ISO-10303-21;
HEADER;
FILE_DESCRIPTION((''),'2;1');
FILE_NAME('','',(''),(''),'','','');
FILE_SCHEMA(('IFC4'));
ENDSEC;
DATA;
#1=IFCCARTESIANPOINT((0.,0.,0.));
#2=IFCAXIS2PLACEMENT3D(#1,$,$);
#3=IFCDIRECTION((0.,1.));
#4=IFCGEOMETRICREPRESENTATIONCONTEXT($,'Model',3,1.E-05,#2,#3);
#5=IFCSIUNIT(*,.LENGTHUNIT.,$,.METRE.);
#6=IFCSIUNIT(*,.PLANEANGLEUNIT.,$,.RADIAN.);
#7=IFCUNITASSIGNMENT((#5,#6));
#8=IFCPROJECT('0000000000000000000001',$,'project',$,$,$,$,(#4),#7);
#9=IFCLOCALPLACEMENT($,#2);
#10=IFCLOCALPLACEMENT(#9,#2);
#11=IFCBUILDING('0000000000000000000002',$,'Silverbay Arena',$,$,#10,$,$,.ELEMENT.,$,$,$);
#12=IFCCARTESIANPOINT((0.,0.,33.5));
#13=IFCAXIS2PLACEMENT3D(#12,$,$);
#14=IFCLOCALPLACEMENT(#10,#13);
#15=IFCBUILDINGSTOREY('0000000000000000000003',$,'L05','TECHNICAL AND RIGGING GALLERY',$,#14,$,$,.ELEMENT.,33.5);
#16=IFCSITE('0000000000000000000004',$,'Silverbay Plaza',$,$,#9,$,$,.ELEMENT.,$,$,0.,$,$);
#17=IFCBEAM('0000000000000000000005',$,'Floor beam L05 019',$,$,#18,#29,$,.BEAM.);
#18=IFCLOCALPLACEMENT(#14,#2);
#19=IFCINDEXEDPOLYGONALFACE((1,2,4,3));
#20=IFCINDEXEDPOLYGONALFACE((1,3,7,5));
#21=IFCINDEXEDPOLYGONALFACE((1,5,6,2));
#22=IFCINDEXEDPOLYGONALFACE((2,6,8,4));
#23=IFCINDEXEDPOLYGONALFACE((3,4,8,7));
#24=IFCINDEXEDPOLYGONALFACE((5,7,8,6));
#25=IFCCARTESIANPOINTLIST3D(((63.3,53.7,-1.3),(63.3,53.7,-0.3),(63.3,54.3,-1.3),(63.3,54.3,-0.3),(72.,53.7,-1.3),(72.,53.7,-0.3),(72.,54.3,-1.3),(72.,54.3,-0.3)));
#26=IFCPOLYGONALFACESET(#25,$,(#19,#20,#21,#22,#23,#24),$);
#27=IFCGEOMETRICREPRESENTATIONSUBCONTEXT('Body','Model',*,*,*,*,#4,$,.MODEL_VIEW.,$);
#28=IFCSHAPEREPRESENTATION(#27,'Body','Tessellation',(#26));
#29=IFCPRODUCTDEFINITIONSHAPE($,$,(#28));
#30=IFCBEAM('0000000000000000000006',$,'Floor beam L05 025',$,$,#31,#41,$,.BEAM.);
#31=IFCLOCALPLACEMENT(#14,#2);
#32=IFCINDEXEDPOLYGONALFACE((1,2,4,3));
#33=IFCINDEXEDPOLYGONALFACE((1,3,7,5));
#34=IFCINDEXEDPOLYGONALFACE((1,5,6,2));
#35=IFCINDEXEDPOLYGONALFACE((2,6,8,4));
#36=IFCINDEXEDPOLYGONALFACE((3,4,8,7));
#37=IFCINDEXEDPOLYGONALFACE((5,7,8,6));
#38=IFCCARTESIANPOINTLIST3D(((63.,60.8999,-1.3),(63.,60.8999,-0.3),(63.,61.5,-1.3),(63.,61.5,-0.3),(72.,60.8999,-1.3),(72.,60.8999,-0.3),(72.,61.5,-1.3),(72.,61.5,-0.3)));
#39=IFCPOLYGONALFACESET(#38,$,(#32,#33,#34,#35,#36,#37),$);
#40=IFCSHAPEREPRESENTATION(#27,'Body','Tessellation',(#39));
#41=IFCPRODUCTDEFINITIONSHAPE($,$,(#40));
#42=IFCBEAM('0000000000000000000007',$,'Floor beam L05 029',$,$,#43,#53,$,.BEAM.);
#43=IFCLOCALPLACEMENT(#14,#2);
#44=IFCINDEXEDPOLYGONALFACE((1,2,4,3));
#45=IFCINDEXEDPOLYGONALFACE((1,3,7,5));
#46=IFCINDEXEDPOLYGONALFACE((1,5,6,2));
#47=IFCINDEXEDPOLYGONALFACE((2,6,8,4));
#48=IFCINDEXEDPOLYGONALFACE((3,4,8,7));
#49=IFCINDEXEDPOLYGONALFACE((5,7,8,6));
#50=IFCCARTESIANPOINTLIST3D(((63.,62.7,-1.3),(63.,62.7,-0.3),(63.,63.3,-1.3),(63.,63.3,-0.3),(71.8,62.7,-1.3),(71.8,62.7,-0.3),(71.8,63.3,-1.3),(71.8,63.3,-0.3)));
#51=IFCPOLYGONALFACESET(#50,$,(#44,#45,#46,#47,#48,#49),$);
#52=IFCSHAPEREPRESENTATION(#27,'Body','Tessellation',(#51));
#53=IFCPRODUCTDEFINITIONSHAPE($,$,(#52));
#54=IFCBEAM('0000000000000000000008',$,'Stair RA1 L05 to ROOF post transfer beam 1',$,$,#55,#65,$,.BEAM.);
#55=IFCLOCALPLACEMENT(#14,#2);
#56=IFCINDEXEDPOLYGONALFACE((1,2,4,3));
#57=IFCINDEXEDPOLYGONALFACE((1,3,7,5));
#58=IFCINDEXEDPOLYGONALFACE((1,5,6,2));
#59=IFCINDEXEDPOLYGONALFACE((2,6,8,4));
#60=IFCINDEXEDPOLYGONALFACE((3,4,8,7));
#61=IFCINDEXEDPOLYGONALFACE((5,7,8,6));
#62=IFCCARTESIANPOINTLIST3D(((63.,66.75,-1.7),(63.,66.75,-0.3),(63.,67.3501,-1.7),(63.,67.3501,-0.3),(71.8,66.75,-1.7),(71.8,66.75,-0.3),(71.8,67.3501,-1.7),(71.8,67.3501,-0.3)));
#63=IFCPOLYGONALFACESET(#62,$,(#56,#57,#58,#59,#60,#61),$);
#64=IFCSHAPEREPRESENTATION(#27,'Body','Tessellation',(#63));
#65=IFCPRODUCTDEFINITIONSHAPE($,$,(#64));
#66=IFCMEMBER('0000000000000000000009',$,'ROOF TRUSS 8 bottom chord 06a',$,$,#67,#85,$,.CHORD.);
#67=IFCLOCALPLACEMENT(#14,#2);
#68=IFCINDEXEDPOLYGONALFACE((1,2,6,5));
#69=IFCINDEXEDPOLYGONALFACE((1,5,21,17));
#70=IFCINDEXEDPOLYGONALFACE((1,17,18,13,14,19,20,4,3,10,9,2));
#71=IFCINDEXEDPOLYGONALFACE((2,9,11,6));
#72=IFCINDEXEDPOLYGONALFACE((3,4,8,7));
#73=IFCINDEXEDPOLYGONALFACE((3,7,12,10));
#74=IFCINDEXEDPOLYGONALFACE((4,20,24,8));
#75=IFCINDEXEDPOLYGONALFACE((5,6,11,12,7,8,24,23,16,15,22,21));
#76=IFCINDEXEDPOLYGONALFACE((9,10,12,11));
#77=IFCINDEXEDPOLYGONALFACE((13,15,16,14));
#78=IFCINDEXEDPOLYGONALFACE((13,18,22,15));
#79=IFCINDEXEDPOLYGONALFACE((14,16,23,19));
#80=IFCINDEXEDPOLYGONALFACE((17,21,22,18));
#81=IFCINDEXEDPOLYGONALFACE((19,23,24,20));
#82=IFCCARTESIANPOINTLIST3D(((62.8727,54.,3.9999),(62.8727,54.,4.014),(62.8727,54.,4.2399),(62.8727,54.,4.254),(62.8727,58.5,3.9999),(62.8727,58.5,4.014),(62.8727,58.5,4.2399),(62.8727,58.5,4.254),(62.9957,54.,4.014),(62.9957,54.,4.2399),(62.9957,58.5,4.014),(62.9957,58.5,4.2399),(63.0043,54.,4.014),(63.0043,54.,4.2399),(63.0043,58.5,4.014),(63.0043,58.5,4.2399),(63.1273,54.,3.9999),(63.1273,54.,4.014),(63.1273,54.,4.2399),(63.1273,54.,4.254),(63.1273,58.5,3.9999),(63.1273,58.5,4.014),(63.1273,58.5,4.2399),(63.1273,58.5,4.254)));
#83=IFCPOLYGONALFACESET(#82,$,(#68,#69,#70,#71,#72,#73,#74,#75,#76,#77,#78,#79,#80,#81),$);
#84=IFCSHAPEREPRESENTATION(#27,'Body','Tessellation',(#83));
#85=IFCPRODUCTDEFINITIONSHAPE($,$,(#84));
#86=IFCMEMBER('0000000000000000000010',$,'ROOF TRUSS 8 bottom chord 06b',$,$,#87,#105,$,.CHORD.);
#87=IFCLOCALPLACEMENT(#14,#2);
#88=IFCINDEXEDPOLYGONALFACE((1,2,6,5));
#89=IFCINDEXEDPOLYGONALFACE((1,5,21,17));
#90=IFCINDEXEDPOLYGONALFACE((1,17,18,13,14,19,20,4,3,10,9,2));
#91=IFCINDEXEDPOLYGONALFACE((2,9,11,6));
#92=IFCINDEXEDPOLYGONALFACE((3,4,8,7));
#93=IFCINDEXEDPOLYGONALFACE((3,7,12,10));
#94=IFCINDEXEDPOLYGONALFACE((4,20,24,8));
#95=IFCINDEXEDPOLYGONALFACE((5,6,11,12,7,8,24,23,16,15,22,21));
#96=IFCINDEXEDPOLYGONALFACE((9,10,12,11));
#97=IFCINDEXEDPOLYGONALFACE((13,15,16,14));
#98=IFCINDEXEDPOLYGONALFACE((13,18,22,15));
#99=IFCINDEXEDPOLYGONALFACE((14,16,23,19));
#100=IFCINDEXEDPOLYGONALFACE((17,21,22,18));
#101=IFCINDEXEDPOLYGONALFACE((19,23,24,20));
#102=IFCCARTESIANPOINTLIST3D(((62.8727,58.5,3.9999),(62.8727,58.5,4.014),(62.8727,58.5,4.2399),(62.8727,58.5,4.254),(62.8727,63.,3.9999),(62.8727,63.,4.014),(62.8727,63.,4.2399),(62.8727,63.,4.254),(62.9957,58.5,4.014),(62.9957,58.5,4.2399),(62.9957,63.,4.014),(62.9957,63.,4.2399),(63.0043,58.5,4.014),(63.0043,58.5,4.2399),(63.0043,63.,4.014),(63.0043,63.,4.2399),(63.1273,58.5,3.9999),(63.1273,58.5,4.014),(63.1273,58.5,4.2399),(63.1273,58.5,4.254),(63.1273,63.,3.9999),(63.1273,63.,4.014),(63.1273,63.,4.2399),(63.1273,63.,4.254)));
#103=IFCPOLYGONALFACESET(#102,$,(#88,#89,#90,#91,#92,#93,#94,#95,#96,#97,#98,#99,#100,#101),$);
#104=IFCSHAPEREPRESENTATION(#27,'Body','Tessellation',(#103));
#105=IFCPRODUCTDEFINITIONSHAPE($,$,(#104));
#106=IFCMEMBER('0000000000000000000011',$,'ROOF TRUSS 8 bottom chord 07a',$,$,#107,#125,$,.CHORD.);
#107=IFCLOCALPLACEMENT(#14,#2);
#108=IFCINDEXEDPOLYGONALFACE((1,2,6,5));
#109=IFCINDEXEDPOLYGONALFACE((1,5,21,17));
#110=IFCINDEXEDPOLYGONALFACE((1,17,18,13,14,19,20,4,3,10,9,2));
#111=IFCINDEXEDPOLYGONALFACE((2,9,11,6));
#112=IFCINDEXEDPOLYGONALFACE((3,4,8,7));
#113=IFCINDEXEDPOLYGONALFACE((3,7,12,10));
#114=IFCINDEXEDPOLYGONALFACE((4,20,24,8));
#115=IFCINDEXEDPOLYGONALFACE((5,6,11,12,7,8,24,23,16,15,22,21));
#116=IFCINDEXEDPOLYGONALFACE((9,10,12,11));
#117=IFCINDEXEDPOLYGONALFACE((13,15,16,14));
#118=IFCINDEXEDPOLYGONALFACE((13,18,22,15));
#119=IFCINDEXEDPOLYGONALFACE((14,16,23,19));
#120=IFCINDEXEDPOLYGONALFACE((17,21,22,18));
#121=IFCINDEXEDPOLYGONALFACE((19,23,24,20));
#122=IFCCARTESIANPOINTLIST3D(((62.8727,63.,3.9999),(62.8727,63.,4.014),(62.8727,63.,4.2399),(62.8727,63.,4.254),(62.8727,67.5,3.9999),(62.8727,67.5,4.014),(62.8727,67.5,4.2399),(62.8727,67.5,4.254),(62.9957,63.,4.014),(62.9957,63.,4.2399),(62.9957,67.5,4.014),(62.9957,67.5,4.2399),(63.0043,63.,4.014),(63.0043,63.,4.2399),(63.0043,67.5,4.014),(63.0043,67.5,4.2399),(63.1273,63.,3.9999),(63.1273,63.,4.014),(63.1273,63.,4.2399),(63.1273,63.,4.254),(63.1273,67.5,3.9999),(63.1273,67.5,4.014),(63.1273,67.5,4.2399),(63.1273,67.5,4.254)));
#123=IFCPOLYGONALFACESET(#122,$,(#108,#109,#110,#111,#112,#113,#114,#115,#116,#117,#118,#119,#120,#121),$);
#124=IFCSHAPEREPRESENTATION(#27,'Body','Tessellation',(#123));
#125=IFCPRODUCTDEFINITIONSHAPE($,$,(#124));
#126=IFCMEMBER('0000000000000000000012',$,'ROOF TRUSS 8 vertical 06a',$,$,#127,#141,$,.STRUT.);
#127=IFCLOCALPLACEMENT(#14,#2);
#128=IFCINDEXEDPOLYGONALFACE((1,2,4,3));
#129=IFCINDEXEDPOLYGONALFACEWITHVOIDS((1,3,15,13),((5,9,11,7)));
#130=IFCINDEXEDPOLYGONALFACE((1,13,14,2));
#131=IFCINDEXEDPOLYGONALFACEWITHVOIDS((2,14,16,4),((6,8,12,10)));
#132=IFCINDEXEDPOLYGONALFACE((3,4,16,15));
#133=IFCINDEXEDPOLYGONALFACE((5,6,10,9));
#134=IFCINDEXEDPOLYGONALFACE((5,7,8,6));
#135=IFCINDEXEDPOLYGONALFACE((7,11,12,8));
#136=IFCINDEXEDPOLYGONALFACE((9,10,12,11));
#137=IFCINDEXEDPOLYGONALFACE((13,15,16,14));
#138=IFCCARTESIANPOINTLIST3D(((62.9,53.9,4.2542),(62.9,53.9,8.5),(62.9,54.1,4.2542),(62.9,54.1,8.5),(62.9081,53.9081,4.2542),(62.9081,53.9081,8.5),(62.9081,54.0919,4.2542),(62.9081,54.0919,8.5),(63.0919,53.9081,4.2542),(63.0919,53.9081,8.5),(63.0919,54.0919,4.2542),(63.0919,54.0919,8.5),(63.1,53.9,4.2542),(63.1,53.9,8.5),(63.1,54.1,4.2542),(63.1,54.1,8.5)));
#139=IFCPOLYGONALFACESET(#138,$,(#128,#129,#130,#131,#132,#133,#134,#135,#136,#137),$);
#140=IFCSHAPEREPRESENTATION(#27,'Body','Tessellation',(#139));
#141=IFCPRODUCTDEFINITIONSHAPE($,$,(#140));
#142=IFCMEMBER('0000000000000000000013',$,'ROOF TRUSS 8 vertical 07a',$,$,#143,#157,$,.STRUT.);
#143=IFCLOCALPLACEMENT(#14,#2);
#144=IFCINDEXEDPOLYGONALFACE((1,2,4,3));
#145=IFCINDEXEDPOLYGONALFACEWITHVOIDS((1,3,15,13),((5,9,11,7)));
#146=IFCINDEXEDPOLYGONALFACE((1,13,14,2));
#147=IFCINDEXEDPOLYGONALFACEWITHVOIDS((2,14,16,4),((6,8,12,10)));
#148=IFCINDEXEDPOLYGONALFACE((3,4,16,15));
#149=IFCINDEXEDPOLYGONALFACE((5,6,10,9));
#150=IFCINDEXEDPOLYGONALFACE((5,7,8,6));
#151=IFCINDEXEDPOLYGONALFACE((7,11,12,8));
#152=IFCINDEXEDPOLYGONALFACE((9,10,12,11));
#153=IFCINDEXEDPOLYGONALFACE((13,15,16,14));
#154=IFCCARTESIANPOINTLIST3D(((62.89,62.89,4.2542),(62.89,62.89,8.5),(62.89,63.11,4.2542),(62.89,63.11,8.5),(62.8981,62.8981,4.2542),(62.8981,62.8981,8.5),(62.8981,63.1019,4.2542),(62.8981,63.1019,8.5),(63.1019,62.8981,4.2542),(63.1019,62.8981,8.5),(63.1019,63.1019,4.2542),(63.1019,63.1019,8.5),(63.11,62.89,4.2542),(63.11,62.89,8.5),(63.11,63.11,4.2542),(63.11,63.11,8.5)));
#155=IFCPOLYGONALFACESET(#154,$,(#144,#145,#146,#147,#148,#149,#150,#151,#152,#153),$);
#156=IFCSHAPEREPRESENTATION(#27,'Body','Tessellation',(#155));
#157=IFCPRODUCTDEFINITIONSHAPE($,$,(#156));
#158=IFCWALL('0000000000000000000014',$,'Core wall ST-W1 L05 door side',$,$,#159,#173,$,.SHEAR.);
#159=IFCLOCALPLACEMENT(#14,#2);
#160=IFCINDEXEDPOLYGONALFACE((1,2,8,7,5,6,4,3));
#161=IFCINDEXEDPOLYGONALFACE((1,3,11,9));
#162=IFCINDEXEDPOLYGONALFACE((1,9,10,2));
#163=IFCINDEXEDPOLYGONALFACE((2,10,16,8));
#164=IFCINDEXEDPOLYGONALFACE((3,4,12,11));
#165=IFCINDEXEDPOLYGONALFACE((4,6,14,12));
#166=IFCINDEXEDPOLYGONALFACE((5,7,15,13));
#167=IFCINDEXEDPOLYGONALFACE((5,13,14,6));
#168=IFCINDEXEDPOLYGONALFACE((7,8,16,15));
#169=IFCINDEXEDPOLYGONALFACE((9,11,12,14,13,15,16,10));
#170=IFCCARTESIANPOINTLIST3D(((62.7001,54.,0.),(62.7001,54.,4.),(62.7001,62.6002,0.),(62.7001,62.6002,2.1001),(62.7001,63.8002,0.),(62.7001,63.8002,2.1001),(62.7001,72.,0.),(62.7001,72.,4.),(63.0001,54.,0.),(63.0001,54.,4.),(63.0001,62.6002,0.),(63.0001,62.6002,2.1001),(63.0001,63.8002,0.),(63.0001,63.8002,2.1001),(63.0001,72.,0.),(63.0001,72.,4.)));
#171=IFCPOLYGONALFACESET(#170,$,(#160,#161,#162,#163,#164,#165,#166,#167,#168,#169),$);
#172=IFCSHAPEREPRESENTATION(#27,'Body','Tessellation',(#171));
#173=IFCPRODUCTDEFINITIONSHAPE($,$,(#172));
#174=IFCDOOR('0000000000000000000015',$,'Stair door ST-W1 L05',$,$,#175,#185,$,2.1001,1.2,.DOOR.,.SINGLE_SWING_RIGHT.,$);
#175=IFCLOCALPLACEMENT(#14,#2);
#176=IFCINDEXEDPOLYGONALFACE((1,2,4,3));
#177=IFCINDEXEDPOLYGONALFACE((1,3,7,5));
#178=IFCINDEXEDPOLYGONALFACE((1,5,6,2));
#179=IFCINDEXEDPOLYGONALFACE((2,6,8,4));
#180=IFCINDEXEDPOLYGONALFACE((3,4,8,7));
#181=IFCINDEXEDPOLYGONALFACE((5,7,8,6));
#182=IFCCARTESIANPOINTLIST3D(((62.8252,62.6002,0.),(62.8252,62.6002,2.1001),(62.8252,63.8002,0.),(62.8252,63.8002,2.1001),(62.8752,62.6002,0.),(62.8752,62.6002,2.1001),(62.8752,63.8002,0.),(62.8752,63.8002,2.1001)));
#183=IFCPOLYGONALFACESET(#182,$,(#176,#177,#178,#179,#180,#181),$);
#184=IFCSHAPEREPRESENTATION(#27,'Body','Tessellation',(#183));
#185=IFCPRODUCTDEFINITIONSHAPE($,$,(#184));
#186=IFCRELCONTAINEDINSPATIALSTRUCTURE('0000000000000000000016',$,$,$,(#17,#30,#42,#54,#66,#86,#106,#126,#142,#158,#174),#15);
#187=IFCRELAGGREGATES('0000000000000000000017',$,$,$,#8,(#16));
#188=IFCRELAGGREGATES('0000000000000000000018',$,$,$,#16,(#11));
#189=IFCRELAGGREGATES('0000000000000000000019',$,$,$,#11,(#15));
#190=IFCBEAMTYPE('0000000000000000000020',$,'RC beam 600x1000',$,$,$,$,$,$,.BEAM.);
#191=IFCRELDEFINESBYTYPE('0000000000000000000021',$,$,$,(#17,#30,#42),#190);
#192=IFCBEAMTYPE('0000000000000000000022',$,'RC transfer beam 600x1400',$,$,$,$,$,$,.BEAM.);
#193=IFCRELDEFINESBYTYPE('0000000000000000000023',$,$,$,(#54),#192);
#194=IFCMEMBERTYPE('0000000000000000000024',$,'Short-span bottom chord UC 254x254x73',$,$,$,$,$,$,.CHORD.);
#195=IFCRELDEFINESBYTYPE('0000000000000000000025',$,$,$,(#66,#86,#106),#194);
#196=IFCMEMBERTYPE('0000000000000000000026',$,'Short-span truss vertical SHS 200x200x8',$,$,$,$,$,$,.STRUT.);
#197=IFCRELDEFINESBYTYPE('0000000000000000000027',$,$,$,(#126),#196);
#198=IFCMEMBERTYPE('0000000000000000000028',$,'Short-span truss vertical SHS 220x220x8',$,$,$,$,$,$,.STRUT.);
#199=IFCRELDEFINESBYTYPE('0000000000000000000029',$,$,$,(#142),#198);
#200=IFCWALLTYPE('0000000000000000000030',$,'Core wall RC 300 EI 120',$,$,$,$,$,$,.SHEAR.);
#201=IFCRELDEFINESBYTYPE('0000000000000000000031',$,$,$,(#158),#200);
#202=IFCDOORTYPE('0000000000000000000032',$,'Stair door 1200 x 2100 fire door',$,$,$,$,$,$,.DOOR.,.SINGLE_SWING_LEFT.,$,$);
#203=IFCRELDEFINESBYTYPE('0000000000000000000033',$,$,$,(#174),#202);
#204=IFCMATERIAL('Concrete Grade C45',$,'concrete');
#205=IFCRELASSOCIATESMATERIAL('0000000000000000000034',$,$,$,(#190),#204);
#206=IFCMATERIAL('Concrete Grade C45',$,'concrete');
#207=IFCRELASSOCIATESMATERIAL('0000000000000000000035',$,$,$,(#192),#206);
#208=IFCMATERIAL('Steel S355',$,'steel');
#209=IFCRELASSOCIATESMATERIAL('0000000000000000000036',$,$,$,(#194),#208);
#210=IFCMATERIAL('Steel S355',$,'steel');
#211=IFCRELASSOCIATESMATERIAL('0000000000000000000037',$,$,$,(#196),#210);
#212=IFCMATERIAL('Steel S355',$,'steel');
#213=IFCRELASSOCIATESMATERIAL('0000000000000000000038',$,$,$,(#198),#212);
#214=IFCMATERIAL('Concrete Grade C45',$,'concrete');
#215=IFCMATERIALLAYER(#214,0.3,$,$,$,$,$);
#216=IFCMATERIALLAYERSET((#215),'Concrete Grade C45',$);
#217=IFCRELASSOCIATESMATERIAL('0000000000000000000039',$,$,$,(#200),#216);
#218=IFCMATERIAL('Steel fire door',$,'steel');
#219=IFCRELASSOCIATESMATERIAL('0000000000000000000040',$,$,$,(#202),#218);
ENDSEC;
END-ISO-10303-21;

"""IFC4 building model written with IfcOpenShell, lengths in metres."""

from ifc_helpers import new_model, si_unit, direction, frame, frame_2d, origin, origin_2d, place, context, subcontext, project, spatial, rectangle, hollow_rectangle, i_section, extrude, material, layer, layer_set, material_profile, profile_set, type_object, element, fill, save


model = new_model("IFC4")

# Units and contexts
model_context = context("Model", 3, precision=1e-05, world=origin(), true_north=direction((0.0, 1.0)))
body_context = subcontext(model_context, "Body", "Model", "MODEL_VIEW")
ifc_project = project(units=[si_unit("LENGTHUNIT", "METRE"), si_unit("PLANEANGLEUNIT", "RADIAN")], contexts=[model_context])

# Site, building, storey
site_placement = place(None, origin())
site = spatial("IfcSite", under=ifc_project, at=site_placement, Name="Silverbay Plaza", CompositionType="ELEMENT", RefElevation=0.0)
building_placement = place(site_placement, origin())
building = spatial("IfcBuilding", under=site, at=building_placement, Name="Silverbay Arena", CompositionType="ELEMENT")
storey_placement = place(building_placement, frame((0.0, 0.0, 33.5)))
storey = spatial("IfcBuildingStorey", under=building, at=storey_placement, Name="L05", Description="TECHNICAL AND RIGGING GALLERY", CompositionType="ELEMENT", Elevation=33.5)

# Beams
ifc_material_1 = material(Name="Concrete Grade C45", Category="concrete")
ifc_material_profile_1 = material_profile(ifc_material_1, rectangle(XDim=0.6001, YDim=1.0, at=origin_2d()), Name="RC 600x1000")
ifc_profile_set_1 = profile_set([ifc_material_profile_1], Name="Concrete Grade C45")
beam_type_1 = type_object("IfcBeamType", Name="RC beam 600x1000", PredefinedType="BEAM", material=ifc_profile_set_1)
beam_1_placement = place(storey_placement, frame((63.3, 54.0, -0.8), z_axis=(1.0, 0.0, 0.0), x_axis=(0.0, 1.0, 0.0)))
element("IfcBeam", 1, at=beam_1_placement, inside=storey, type_object=beam_type_1, Name="Floor beam L05 019", PredefinedType="BEAM", context=body_context, shape_type="SweptSolid", body=[
    extrude(rectangle(XDim=0.6001, YDim=1.0, at=origin_2d()), origin(), (0.0, 0.0, 1.0), 8.7),
])
beam_2_placement = place(storey_placement, frame((63.0, 61.2, -0.8), z_axis=(1.0, 0.0, 0.0), x_axis=(0.0, 1.0, 0.0)))
element("IfcBeam", 2, at=beam_2_placement, inside=storey, type_object=beam_type_1, Name="Floor beam L05 025", PredefinedType="BEAM", context=body_context, shape_type="SweptSolid", body=[
    extrude(rectangle(XDim=0.6001, YDim=1.0, at=origin_2d()), origin(), (0.0, 0.0, 1.0), 9.0),
])
beam_3_placement = place(storey_placement, frame((63.0, 63.0, -0.8), z_axis=(1.0, 0.0, 0.0), x_axis=(0.0, 1.0, 0.0)))
element("IfcBeam", 3, at=beam_3_placement, inside=storey, type_object=beam_type_1, Name="Floor beam L05 029", PredefinedType="BEAM", context=body_context, shape_type="SweptSolid", body=[
    extrude(rectangle(XDim=0.6001, YDim=1.0, at=origin_2d()), origin(), (0.0, 0.0, 1.0), 8.8),
])
ifc_material_2 = material(Name="Concrete Grade C45", Category="concrete")
ifc_material_profile_2 = material_profile(ifc_material_2, rectangle(XDim=0.6001, YDim=1.3999, at=origin_2d()), Name="RC 600x1400")
ifc_profile_set_2 = profile_set([ifc_material_profile_2], Name="Concrete Grade C45")
beam_type_2 = type_object("IfcBeamType", Name="RC transfer beam 600x1400", PredefinedType="BEAM", material=ifc_profile_set_2)
beam_4_placement = place(storey_placement, frame((63.0, 67.05, -1.0), z_axis=(1.0, 0.0, 0.0), x_axis=(0.0, 1.0, 0.0)))
element("IfcBeam", 4, at=beam_4_placement, inside=storey, type_object=beam_type_2, Name="Stair RA1 L05 to ROOF post transfer beam 1", PredefinedType="BEAM", context=body_context, shape_type="SweptSolid", body=[
    extrude(rectangle(XDim=0.6001, YDim=1.3999, at=origin_2d()), origin(), (0.0, 0.0, 1.0), 8.8),
])

# Members
ifc_material_3 = material(Name="Steel S355", Category="steel")
ifc_material_profile_3 = material_profile(ifc_material_3, i_section(OverallWidth=0.2546, OverallDepth=0.2542, WebThickness=0.0085, FlangeThickness=0.0142, at=origin_2d()), Name="UC 254x254x73")
ifc_profile_set_3 = profile_set([ifc_material_profile_3], Name="Steel S355")
member_type_1 = type_object("IfcMemberType", Name="Short-span bottom chord UC 254x254x73", PredefinedType="CHORD", material=ifc_profile_set_3)
for number, where, z_axis, x_axis, name in (
    (5, (63.0, 54.0, 4.127), (0.0, 1.0, 0.0), (-1.0, 0.0, 0.0), "ROOF TRUSS 8 bottom chord 06a"),
    (6, (63.0, 58.5, 4.127), (0.0, 1.0, 0.0), (-1.0, 0.0, 0.0), "ROOF TRUSS 8 bottom chord 06b"),
    (7, (63.0, 63.0, 4.127), (0.0, 1.0, 0.0), (-1.0, 0.0, 0.0), "ROOF TRUSS 8 bottom chord 07a"),
):
    element("IfcMember", number, at=place(storey_placement, frame(where, z_axis=z_axis, x_axis=x_axis)), inside=storey, type_object=member_type_1, Name=name, PredefinedType="CHORD", context=body_context, shape_type="SweptSolid", body=[
        extrude(i_section(OverallWidth=0.2546, OverallDepth=0.2542, WebThickness=0.0085, FlangeThickness=0.0142, at=origin_2d()), origin(), (0.0, 0.0, 1.0), 4.5),
    ])
ifc_material_4 = material(Name="Steel S355", Category="steel")
ifc_material_profile_4 = material_profile(ifc_material_4, hollow_rectangle(XDim=0.2, YDim=0.2, WallThickness=0.0081, at=origin_2d()), Name="SHS 200x200x8")
ifc_profile_set_4 = profile_set([ifc_material_profile_4], Name="Steel S355")
member_type_2 = type_object("IfcMemberType", Name="Short-span truss vertical SHS 200x200x8", PredefinedType="STRUT", material=ifc_profile_set_4)
member_1_placement = place(storey_placement, frame((63.0, 54.0, 4.2542), z_axis=(0.0, 0.0, 1.0), x_axis=(1.0, 0.0, 0.0)))
element("IfcMember", 8, at=member_1_placement, inside=storey, type_object=member_type_2, Name="ROOF TRUSS 8 vertical 06a", PredefinedType="STRUT", context=body_context, shape_type="SweptSolid", body=[
    extrude(hollow_rectangle(XDim=0.2, YDim=0.2, WallThickness=0.0081, at=origin_2d()), origin(), (0.0, 0.0, 1.0), 4.2458),
])
ifc_material_5 = material(Name="Steel S355", Category="steel")
ifc_material_profile_5 = material_profile(ifc_material_5, hollow_rectangle(XDim=0.22, YDim=0.22, WallThickness=0.0081, at=origin_2d()), Name="SHS 220x220x8")
ifc_profile_set_5 = profile_set([ifc_material_profile_5], Name="Steel S355")
member_type_3 = type_object("IfcMemberType", Name="Short-span truss vertical SHS 220x220x8", PredefinedType="STRUT", material=ifc_profile_set_5)
member_2_placement = place(storey_placement, frame((63.0, 63.0, 4.2542), z_axis=(0.0, 0.0, 1.0), x_axis=(1.0, 0.0, 0.0)))
element("IfcMember", 9, at=member_2_placement, inside=storey, type_object=member_type_3, Name="ROOF TRUSS 8 vertical 07a", PredefinedType="STRUT", context=body_context, shape_type="SweptSolid", body=[
    extrude(hollow_rectangle(XDim=0.22, YDim=0.22, WallThickness=0.0081, at=origin_2d()), origin(), (0.0, 0.0, 1.0), 4.2458),
])

# Wall, opening, door
ifc_material_6 = material(Name="Concrete Grade C45", Category="concrete")
ifc_layer_1 = layer(ifc_material_6, 0.3)
ifc_layer_set_1 = layer_set([ifc_layer_1], Name="Concrete Grade C45")
wall_type_1 = type_object("IfcWallType", Name="Core wall RC 300 EI 120", PredefinedType="SHEAR", material=ifc_layer_set_1)
wall_1_placement = place(storey_placement, frame((62.8501, 54.0, 0.0), z_axis=(0.0, 0.0, 1.0), x_axis=(0.0, 1.0, 0.0)))
wall_1 = element("IfcWall", 10, at=wall_1_placement, inside=storey, type_object=wall_type_1, Name="Core wall ST-W1 L05 door side", PredefinedType="SHEAR", context=body_context, shape_type="SweptSolid", body=[
    extrude(rectangle(XDim=18.0, YDim=0.3, at=frame_2d((9.0, 0.0))), origin(), (0.0, 0.0, 1.0), 4.0),
])
opening_1_placement = place(wall_1_placement, frame((8.6001, 0.0, 0.0)))
opening_1 = element("IfcOpeningElement", 11, at=opening_1_placement, cuts=wall_1, PredefinedType="OPENING", context=body_context, shape_type="SweptSolid", body=[
    extrude(rectangle(XDim=1.2, YDim=2.1001, at=frame_2d((0.6001, 1.05))), frame((0.0, 0.1602, 0.0), z_axis=(0.0, -1.0, 0.0), x_axis=(1.0, 0.0, 0.0)), (0.0, 0.0, 1.0), 0.3201),
])
ifc_material_7 = material(Name="Steel fire door", Category="steel")
door_type_1 = type_object("IfcDoorType", Name="Stair door 1200 x 2100 fire door", OperationType="SINGLE_SWING_LEFT", PredefinedType="DOOR", material=ifc_material_7)
door_1_placement = place(opening_1_placement, origin())
door_1 = element("IfcDoor", 12, at=door_1_placement, inside=storey, type_object=door_type_1, Name="Stair door ST-W1 L05", OperationType="SINGLE_SWING_RIGHT", OverallHeight=2.1001, OverallWidth=1.2, PredefinedType="DOOR", context=body_context, shape_type="SweptSolid", body=[
    extrude(rectangle(XDim=1.2, YDim=2.1001, at=frame_2d((0.6001, 1.05))), frame((0.0, 0.0249, 0.0), z_axis=(0.0, -1.0, 0.0), x_axis=(1.0, 0.0, 0.0)), (0.0, 0.0, 1.0), 0.05),
])
fill(opening_1, door_1)

save(model, "model.ifc")
